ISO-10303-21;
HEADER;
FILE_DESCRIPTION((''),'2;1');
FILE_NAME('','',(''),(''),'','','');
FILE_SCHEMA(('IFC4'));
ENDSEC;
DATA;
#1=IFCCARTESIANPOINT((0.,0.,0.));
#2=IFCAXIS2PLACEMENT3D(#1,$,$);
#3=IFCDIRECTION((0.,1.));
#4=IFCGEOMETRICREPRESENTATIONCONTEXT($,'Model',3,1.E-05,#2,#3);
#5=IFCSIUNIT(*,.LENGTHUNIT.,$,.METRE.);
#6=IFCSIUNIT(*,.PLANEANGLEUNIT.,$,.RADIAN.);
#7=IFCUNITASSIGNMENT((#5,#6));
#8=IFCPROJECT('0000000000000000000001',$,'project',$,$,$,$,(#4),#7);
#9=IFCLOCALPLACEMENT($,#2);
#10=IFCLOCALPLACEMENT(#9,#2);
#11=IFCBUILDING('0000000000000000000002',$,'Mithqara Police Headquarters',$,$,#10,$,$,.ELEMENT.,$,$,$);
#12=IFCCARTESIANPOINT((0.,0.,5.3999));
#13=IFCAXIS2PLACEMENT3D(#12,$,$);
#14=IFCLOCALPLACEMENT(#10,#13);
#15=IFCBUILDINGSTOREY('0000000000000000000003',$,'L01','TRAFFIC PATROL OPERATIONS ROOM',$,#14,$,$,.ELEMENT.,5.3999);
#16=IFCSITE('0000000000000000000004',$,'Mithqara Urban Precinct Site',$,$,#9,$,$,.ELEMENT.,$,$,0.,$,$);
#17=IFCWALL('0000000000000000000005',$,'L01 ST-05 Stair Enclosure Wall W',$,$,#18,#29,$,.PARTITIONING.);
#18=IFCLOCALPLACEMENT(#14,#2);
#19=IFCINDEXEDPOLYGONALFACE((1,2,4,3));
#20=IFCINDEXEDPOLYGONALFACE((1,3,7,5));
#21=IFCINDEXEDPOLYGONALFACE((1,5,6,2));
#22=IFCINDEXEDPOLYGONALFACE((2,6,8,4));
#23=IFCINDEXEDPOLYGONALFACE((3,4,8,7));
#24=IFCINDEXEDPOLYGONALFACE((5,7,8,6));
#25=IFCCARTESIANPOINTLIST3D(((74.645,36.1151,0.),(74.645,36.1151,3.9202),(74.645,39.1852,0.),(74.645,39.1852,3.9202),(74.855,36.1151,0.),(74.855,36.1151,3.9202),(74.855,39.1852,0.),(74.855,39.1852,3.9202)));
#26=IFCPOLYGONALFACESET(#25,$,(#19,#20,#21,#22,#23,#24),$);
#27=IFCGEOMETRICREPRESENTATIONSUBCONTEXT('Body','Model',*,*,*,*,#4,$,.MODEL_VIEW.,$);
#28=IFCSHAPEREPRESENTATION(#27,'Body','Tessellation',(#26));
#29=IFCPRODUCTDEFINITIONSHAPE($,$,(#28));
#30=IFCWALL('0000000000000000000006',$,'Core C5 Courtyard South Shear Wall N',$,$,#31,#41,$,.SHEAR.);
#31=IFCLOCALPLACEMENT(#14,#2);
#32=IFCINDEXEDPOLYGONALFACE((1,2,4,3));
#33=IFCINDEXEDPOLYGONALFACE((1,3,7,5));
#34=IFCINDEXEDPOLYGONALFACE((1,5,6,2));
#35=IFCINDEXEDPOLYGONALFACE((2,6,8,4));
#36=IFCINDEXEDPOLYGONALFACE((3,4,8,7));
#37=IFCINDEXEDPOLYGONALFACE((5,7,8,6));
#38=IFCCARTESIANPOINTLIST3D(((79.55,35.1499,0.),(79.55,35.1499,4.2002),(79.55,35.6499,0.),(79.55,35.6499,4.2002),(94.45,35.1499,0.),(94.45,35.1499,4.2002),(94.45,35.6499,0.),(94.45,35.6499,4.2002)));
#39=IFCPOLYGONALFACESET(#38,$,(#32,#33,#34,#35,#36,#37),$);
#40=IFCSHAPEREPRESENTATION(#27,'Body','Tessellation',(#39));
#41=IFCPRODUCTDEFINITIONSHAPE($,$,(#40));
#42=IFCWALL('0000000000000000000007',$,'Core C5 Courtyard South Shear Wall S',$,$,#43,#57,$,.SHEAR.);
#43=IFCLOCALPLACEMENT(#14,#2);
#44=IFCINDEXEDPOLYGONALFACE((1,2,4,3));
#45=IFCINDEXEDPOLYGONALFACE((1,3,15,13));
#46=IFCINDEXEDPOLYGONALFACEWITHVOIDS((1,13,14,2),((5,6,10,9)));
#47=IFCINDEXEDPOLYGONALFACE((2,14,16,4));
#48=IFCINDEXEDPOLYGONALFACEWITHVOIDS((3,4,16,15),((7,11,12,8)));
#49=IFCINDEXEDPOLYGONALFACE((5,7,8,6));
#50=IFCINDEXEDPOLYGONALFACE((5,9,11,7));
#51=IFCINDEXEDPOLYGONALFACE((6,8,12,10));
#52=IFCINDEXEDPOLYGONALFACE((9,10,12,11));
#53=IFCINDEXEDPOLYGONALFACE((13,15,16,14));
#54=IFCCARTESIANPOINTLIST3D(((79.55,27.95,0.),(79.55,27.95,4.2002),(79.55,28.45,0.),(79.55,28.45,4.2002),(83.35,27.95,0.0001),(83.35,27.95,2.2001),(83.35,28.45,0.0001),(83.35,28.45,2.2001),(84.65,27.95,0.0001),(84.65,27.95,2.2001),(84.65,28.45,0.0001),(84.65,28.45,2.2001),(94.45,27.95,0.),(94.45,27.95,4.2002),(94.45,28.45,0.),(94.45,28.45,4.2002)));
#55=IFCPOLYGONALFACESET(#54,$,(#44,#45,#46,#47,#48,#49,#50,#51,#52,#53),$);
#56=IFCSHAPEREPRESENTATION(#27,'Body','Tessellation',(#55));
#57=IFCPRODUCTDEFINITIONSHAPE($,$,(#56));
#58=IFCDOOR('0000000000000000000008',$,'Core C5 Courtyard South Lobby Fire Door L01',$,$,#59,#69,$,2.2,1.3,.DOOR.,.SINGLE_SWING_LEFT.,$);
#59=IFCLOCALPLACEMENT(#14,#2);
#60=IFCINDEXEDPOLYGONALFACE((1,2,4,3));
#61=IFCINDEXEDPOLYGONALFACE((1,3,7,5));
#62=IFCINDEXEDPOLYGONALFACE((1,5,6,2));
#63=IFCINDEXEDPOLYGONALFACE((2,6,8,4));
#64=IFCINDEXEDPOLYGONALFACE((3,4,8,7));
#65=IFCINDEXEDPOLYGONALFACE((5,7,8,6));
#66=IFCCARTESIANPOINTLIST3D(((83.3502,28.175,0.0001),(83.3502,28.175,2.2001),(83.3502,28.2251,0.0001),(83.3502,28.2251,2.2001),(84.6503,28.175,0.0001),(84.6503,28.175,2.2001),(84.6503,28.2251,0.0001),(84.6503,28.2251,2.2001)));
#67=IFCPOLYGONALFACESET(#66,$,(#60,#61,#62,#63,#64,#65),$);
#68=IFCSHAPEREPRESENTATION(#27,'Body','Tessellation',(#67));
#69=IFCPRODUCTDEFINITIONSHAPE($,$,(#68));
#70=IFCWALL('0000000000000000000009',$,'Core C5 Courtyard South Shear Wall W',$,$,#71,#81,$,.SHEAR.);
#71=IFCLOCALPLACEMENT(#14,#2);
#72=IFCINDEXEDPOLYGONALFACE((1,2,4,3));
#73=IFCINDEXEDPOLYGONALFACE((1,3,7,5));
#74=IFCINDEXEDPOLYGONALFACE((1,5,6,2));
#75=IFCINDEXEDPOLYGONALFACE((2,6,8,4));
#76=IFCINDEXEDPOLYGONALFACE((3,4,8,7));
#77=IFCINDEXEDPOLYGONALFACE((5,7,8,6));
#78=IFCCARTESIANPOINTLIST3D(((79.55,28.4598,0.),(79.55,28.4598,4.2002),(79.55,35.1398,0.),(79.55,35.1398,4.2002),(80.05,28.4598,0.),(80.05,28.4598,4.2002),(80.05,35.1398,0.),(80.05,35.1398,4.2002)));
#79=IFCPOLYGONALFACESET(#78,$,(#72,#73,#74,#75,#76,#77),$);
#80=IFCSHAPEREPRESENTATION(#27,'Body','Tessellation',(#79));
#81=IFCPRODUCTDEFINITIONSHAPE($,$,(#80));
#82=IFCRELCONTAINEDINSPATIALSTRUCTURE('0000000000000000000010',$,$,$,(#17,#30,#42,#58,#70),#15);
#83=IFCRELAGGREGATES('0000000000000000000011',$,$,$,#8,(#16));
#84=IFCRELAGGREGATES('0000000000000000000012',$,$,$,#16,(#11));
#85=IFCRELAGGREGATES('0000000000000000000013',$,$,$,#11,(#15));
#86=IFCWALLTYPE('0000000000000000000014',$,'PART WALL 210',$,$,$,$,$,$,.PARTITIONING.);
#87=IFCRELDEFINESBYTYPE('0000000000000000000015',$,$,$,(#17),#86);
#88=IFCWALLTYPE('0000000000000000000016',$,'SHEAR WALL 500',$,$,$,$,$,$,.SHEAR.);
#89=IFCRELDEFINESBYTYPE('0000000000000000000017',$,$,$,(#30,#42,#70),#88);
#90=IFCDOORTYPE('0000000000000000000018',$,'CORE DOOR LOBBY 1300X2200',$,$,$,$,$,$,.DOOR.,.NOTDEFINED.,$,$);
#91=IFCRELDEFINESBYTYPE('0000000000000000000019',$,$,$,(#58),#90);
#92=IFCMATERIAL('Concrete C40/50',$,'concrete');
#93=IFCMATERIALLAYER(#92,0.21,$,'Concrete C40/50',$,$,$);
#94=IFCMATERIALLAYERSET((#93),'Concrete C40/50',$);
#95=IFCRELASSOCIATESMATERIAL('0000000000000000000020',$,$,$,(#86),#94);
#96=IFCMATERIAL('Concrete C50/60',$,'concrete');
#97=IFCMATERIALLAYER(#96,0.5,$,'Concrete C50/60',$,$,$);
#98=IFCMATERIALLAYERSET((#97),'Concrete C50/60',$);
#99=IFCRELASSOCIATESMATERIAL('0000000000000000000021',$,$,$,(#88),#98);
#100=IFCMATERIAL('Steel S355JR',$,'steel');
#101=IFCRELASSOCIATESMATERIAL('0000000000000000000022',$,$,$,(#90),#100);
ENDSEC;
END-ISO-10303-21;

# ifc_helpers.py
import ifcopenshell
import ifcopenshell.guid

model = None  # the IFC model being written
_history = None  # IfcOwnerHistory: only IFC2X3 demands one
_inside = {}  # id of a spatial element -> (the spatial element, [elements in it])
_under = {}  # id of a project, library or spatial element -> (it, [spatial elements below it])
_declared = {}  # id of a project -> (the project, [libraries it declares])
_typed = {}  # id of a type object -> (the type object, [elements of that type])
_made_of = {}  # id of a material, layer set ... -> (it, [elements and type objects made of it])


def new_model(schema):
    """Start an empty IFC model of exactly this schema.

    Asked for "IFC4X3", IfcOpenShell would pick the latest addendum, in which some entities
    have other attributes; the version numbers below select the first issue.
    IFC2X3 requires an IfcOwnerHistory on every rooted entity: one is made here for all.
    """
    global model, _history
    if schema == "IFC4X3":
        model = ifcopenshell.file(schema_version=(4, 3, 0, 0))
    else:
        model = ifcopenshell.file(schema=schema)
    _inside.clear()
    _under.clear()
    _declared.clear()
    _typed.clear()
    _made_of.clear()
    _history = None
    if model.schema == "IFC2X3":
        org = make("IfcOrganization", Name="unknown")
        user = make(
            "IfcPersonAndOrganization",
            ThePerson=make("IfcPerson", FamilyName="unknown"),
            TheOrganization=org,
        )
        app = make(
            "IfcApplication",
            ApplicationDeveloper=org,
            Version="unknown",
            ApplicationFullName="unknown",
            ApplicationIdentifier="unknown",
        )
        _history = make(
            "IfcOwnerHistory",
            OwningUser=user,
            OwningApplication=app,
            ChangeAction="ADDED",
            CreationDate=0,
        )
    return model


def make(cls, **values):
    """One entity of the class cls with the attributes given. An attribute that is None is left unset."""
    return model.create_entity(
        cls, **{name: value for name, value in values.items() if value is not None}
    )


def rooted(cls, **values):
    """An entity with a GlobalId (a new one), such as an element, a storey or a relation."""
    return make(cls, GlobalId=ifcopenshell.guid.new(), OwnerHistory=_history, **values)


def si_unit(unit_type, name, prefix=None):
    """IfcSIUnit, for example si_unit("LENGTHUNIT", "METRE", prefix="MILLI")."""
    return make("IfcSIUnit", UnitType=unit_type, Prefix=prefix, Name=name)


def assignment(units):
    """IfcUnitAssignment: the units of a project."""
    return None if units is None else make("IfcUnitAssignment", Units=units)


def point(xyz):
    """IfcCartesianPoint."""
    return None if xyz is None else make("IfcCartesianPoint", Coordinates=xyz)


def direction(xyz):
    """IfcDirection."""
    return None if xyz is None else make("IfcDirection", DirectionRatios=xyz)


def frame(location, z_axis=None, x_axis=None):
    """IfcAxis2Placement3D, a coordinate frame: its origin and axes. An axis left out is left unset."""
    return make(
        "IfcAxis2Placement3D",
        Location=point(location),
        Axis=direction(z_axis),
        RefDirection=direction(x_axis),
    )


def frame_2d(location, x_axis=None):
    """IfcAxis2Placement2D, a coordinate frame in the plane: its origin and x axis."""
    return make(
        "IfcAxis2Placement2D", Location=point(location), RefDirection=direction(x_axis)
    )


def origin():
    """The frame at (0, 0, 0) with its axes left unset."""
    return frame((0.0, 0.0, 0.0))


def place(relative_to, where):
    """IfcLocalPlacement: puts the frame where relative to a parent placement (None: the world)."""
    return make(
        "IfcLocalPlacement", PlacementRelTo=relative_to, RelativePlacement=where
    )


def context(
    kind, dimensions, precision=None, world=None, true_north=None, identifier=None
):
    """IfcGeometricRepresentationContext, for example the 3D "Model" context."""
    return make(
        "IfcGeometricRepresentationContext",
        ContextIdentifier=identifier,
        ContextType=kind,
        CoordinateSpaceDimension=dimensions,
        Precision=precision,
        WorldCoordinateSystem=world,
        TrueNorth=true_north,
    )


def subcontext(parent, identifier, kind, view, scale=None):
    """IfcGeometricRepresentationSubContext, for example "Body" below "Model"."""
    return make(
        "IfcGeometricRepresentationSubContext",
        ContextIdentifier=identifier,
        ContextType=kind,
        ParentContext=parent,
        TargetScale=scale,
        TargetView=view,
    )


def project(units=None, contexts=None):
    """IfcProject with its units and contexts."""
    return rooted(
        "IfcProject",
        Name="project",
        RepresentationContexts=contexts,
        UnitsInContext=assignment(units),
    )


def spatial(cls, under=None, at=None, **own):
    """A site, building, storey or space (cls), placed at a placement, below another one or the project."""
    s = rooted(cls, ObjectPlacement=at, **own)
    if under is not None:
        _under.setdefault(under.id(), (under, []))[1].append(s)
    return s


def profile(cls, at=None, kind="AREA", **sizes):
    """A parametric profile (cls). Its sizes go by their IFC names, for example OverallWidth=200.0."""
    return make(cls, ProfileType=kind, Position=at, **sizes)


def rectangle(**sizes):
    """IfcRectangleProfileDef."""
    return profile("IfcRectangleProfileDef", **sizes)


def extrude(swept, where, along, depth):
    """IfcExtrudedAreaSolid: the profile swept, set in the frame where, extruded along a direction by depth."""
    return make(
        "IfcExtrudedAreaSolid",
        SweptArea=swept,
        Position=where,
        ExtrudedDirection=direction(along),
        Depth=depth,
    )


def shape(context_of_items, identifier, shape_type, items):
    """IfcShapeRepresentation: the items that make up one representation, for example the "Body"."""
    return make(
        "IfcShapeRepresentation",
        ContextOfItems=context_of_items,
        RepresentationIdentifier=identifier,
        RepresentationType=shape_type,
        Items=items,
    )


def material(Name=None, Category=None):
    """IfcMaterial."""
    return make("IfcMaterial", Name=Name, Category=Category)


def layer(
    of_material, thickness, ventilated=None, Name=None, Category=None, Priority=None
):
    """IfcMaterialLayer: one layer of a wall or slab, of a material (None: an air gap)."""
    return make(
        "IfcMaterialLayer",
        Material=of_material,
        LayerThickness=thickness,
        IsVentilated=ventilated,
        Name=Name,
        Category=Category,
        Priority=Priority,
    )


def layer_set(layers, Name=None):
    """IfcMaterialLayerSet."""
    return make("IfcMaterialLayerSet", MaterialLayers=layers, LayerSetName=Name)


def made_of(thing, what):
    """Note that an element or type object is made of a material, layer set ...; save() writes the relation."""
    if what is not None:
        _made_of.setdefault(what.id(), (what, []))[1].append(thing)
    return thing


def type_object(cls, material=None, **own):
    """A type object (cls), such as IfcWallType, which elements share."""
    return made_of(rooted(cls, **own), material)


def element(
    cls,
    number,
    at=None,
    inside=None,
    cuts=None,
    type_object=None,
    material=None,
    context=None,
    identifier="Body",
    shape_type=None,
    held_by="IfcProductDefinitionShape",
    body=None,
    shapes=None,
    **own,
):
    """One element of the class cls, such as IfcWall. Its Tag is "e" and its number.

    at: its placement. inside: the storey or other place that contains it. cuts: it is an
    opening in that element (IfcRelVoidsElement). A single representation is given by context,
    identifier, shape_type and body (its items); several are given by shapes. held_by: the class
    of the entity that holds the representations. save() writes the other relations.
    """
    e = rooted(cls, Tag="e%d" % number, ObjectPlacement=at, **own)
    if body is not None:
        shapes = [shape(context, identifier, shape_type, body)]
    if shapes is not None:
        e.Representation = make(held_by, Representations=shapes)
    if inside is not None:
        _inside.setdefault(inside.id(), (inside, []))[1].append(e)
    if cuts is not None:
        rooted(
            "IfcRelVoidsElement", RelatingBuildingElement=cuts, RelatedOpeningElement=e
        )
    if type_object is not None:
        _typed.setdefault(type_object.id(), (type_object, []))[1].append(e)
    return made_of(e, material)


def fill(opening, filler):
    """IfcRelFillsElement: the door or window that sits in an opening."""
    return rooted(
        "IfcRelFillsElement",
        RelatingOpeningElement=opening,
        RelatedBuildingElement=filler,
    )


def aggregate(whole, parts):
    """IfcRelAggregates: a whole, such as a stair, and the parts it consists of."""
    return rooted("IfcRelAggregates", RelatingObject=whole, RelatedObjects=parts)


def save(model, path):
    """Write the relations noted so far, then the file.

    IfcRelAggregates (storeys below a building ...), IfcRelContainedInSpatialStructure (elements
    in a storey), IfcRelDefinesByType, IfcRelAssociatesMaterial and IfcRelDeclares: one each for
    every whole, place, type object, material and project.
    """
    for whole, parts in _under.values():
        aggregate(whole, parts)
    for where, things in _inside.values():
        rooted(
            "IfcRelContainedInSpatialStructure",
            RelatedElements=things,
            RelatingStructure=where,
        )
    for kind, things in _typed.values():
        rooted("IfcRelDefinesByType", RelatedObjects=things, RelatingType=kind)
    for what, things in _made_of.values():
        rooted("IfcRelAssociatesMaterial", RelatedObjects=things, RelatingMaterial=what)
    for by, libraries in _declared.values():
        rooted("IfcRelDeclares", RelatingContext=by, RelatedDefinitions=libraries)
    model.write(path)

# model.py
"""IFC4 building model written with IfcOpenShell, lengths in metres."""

from ifc_helpers import new_model, si_unit, direction, frame, frame_2d, origin, place, context, subcontext, project, spatial, rectangle, extrude, material, layer, layer_set, type_object, element, fill, save


model = new_model("IFC4")

# Units and contexts
model_context = context("Model", 3, precision=1e-05, world=origin(), true_north=direction((0.0, 1.0)))
body_context = subcontext(model_context, "Body", "Model", "MODEL_VIEW")
ifc_project = project(units=[si_unit("LENGTHUNIT", "METRE"), si_unit("PLANEANGLEUNIT", "RADIAN")], contexts=[model_context])

# Site, building, storey
site_placement = place(None, origin())
site = spatial("IfcSite", under=ifc_project, at=site_placement, Name="Mithqara Urban Precinct Site", CompositionType="ELEMENT", RefElevation=0.0)
building_placement = place(site_placement, origin())
building = spatial("IfcBuilding", under=site, at=building_placement, Name="Mithqara Police Headquarters", CompositionType="ELEMENT")
storey_placement = place(building_placement, frame((0.0, 0.0, 5.3999)))
storey = spatial("IfcBuildingStorey", under=building, at=storey_placement, Name="L01", Description="TRAFFIC PATROL OPERATIONS ROOM", CompositionType="ELEMENT", Elevation=5.3999)

# Shared definitions
ifc_material_1 = material(Name="Concrete C40/50", Category="concrete")
ifc_material_2 = material(Name="Concrete C50/60", Category="concrete")

# Walls
ifc_layer_1 = layer(ifc_material_1, 0.21, Name="Concrete C40/50")
ifc_layer_set_1 = layer_set([ifc_layer_1], Name="Concrete C40/50")
wall_type_1 = type_object("IfcWallType", Name="PART WALL 210", PredefinedType="PARTITIONING", material=ifc_layer_set_1)
wall_1_placement = place(storey_placement, frame((74.75, 36.115, 0.0), z_axis=(0.0, 0.0, 1.0), x_axis=(0.0, 1.0, 0.0)))
element("IfcWall", 1, at=wall_1_placement, inside=storey, type_object=wall_type_1, Name="L01 ST-05 Stair Enclosure Wall W", PredefinedType="PARTITIONING", context=body_context, shape_type="SweptSolid", body=[
    extrude(rectangle(XDim=3.0701, YDim=0.21, at=frame_2d((1.5352, 0.0))), origin(), (0.0, 0.0, 1.0), 3.9202),
])
ifc_layer_2 = layer(ifc_material_2, 0.5, Name="Concrete C50/60")
ifc_layer_set_2 = layer_set([ifc_layer_2], Name="Concrete C50/60")
wall_type_2 = type_object("IfcWallType", Name="SHEAR WALL 500", PredefinedType="SHEAR", material=ifc_layer_set_2)
wall_2_placement = place(storey_placement, frame((79.55, 35.3999, 0.0), z_axis=(0.0, 0.0, 1.0), x_axis=(1.0, 0.0, 0.0)))
element("IfcWall", 2, at=wall_2_placement, inside=storey, type_object=wall_type_2, Name="Core C5 Courtyard South Shear Wall N", PredefinedType="SHEAR", context=body_context, shape_type="SweptSolid", body=[
    extrude(rectangle(XDim=14.8999, YDim=0.5, at=frame_2d((7.45, 0.0))), origin(), (0.0, 0.0, 1.0), 4.2002),
])

# Wall, opening, door
wall_3_placement = place(storey_placement, frame((79.55, 28.2, 0.0), z_axis=(0.0, 0.0, 1.0), x_axis=(1.0, 0.0, 0.0)))
wall_3 = element("IfcWall", 3, at=wall_3_placement, inside=storey, type_object=wall_type_2, Name="Core C5 Courtyard South Shear Wall S", PredefinedType="SHEAR", context=body_context, shape_type="SweptSolid", body=[
    extrude(rectangle(XDim=14.8999, YDim=0.5, at=frame_2d((7.45, 0.0))), origin(), (0.0, 0.0, 1.0), 4.2002),
])
opening_1_placement = place(wall_3_placement, frame((3.8, 0.0, 0.0)))
opening_1 = element("IfcOpeningElement", 4, at=opening_1_placement, cuts=wall_3, PredefinedType="OPENING", context=body_context, shape_type="SweptSolid", body=[
    extrude(rectangle(XDim=1.3, YDim=2.2, at=frame_2d((0.6499, 1.1001))), frame((0.0, 0.26, 0.0), z_axis=(0.0, -1.0, 0.0), x_axis=(1.0, 0.0, 0.0)), (0.0, 0.0, 1.0), 0.52),
])
ifc_material_3 = material(Name="Steel S355JR", Category="steel")
door_type_1 = type_object("IfcDoorType", Name="CORE DOOR LOBBY 1300X2200", OperationType="NOTDEFINED", PredefinedType="DOOR", material=ifc_material_3)
door_1_placement = place(opening_1_placement, frame((1.3, 0.0, 0.0), z_axis=(0.0, 0.0, 1.0), x_axis=(-1.0, 0.0, 0.0)))
door_1 = element("IfcDoor", 5, at=door_1_placement, inside=storey, type_object=door_type_1, Name="Core C5 Courtyard South Lobby Fire Door L01", OperationType="SINGLE_SWING_LEFT", OverallHeight=2.2, OverallWidth=1.3, PredefinedType="DOOR", context=body_context, shape_type="SweptSolid", body=[
    extrude(rectangle(XDim=1.3, YDim=2.2, at=frame_2d((0.6499, 1.1001))), frame((0.0, 0.0249, 0.0), z_axis=(0.0, -1.0, 0.0), x_axis=(1.0, 0.0, 0.0)), (0.0, 0.0, 1.0), 0.05),
])
fill(opening_1, door_1)

# Wall
wall_4_placement = place(storey_placement, frame((79.8, 28.46, 0.0), z_axis=(0.0, 0.0, 1.0), x_axis=(0.0, 1.0, 0.0)))
element("IfcWall", 6, at=wall_4_placement, inside=storey, type_object=wall_type_2, Name="Core C5 Courtyard South Shear Wall W", PredefinedType="SHEAR", context=body_context, shape_type="SweptSolid", body=[
    extrude(rectangle(XDim=6.6799, YDim=0.5, at=frame_2d((3.3398, 0.0))), origin(), (0.0, 0.0, 1.0), 4.2002),
])

save(model, "model.ifc")
